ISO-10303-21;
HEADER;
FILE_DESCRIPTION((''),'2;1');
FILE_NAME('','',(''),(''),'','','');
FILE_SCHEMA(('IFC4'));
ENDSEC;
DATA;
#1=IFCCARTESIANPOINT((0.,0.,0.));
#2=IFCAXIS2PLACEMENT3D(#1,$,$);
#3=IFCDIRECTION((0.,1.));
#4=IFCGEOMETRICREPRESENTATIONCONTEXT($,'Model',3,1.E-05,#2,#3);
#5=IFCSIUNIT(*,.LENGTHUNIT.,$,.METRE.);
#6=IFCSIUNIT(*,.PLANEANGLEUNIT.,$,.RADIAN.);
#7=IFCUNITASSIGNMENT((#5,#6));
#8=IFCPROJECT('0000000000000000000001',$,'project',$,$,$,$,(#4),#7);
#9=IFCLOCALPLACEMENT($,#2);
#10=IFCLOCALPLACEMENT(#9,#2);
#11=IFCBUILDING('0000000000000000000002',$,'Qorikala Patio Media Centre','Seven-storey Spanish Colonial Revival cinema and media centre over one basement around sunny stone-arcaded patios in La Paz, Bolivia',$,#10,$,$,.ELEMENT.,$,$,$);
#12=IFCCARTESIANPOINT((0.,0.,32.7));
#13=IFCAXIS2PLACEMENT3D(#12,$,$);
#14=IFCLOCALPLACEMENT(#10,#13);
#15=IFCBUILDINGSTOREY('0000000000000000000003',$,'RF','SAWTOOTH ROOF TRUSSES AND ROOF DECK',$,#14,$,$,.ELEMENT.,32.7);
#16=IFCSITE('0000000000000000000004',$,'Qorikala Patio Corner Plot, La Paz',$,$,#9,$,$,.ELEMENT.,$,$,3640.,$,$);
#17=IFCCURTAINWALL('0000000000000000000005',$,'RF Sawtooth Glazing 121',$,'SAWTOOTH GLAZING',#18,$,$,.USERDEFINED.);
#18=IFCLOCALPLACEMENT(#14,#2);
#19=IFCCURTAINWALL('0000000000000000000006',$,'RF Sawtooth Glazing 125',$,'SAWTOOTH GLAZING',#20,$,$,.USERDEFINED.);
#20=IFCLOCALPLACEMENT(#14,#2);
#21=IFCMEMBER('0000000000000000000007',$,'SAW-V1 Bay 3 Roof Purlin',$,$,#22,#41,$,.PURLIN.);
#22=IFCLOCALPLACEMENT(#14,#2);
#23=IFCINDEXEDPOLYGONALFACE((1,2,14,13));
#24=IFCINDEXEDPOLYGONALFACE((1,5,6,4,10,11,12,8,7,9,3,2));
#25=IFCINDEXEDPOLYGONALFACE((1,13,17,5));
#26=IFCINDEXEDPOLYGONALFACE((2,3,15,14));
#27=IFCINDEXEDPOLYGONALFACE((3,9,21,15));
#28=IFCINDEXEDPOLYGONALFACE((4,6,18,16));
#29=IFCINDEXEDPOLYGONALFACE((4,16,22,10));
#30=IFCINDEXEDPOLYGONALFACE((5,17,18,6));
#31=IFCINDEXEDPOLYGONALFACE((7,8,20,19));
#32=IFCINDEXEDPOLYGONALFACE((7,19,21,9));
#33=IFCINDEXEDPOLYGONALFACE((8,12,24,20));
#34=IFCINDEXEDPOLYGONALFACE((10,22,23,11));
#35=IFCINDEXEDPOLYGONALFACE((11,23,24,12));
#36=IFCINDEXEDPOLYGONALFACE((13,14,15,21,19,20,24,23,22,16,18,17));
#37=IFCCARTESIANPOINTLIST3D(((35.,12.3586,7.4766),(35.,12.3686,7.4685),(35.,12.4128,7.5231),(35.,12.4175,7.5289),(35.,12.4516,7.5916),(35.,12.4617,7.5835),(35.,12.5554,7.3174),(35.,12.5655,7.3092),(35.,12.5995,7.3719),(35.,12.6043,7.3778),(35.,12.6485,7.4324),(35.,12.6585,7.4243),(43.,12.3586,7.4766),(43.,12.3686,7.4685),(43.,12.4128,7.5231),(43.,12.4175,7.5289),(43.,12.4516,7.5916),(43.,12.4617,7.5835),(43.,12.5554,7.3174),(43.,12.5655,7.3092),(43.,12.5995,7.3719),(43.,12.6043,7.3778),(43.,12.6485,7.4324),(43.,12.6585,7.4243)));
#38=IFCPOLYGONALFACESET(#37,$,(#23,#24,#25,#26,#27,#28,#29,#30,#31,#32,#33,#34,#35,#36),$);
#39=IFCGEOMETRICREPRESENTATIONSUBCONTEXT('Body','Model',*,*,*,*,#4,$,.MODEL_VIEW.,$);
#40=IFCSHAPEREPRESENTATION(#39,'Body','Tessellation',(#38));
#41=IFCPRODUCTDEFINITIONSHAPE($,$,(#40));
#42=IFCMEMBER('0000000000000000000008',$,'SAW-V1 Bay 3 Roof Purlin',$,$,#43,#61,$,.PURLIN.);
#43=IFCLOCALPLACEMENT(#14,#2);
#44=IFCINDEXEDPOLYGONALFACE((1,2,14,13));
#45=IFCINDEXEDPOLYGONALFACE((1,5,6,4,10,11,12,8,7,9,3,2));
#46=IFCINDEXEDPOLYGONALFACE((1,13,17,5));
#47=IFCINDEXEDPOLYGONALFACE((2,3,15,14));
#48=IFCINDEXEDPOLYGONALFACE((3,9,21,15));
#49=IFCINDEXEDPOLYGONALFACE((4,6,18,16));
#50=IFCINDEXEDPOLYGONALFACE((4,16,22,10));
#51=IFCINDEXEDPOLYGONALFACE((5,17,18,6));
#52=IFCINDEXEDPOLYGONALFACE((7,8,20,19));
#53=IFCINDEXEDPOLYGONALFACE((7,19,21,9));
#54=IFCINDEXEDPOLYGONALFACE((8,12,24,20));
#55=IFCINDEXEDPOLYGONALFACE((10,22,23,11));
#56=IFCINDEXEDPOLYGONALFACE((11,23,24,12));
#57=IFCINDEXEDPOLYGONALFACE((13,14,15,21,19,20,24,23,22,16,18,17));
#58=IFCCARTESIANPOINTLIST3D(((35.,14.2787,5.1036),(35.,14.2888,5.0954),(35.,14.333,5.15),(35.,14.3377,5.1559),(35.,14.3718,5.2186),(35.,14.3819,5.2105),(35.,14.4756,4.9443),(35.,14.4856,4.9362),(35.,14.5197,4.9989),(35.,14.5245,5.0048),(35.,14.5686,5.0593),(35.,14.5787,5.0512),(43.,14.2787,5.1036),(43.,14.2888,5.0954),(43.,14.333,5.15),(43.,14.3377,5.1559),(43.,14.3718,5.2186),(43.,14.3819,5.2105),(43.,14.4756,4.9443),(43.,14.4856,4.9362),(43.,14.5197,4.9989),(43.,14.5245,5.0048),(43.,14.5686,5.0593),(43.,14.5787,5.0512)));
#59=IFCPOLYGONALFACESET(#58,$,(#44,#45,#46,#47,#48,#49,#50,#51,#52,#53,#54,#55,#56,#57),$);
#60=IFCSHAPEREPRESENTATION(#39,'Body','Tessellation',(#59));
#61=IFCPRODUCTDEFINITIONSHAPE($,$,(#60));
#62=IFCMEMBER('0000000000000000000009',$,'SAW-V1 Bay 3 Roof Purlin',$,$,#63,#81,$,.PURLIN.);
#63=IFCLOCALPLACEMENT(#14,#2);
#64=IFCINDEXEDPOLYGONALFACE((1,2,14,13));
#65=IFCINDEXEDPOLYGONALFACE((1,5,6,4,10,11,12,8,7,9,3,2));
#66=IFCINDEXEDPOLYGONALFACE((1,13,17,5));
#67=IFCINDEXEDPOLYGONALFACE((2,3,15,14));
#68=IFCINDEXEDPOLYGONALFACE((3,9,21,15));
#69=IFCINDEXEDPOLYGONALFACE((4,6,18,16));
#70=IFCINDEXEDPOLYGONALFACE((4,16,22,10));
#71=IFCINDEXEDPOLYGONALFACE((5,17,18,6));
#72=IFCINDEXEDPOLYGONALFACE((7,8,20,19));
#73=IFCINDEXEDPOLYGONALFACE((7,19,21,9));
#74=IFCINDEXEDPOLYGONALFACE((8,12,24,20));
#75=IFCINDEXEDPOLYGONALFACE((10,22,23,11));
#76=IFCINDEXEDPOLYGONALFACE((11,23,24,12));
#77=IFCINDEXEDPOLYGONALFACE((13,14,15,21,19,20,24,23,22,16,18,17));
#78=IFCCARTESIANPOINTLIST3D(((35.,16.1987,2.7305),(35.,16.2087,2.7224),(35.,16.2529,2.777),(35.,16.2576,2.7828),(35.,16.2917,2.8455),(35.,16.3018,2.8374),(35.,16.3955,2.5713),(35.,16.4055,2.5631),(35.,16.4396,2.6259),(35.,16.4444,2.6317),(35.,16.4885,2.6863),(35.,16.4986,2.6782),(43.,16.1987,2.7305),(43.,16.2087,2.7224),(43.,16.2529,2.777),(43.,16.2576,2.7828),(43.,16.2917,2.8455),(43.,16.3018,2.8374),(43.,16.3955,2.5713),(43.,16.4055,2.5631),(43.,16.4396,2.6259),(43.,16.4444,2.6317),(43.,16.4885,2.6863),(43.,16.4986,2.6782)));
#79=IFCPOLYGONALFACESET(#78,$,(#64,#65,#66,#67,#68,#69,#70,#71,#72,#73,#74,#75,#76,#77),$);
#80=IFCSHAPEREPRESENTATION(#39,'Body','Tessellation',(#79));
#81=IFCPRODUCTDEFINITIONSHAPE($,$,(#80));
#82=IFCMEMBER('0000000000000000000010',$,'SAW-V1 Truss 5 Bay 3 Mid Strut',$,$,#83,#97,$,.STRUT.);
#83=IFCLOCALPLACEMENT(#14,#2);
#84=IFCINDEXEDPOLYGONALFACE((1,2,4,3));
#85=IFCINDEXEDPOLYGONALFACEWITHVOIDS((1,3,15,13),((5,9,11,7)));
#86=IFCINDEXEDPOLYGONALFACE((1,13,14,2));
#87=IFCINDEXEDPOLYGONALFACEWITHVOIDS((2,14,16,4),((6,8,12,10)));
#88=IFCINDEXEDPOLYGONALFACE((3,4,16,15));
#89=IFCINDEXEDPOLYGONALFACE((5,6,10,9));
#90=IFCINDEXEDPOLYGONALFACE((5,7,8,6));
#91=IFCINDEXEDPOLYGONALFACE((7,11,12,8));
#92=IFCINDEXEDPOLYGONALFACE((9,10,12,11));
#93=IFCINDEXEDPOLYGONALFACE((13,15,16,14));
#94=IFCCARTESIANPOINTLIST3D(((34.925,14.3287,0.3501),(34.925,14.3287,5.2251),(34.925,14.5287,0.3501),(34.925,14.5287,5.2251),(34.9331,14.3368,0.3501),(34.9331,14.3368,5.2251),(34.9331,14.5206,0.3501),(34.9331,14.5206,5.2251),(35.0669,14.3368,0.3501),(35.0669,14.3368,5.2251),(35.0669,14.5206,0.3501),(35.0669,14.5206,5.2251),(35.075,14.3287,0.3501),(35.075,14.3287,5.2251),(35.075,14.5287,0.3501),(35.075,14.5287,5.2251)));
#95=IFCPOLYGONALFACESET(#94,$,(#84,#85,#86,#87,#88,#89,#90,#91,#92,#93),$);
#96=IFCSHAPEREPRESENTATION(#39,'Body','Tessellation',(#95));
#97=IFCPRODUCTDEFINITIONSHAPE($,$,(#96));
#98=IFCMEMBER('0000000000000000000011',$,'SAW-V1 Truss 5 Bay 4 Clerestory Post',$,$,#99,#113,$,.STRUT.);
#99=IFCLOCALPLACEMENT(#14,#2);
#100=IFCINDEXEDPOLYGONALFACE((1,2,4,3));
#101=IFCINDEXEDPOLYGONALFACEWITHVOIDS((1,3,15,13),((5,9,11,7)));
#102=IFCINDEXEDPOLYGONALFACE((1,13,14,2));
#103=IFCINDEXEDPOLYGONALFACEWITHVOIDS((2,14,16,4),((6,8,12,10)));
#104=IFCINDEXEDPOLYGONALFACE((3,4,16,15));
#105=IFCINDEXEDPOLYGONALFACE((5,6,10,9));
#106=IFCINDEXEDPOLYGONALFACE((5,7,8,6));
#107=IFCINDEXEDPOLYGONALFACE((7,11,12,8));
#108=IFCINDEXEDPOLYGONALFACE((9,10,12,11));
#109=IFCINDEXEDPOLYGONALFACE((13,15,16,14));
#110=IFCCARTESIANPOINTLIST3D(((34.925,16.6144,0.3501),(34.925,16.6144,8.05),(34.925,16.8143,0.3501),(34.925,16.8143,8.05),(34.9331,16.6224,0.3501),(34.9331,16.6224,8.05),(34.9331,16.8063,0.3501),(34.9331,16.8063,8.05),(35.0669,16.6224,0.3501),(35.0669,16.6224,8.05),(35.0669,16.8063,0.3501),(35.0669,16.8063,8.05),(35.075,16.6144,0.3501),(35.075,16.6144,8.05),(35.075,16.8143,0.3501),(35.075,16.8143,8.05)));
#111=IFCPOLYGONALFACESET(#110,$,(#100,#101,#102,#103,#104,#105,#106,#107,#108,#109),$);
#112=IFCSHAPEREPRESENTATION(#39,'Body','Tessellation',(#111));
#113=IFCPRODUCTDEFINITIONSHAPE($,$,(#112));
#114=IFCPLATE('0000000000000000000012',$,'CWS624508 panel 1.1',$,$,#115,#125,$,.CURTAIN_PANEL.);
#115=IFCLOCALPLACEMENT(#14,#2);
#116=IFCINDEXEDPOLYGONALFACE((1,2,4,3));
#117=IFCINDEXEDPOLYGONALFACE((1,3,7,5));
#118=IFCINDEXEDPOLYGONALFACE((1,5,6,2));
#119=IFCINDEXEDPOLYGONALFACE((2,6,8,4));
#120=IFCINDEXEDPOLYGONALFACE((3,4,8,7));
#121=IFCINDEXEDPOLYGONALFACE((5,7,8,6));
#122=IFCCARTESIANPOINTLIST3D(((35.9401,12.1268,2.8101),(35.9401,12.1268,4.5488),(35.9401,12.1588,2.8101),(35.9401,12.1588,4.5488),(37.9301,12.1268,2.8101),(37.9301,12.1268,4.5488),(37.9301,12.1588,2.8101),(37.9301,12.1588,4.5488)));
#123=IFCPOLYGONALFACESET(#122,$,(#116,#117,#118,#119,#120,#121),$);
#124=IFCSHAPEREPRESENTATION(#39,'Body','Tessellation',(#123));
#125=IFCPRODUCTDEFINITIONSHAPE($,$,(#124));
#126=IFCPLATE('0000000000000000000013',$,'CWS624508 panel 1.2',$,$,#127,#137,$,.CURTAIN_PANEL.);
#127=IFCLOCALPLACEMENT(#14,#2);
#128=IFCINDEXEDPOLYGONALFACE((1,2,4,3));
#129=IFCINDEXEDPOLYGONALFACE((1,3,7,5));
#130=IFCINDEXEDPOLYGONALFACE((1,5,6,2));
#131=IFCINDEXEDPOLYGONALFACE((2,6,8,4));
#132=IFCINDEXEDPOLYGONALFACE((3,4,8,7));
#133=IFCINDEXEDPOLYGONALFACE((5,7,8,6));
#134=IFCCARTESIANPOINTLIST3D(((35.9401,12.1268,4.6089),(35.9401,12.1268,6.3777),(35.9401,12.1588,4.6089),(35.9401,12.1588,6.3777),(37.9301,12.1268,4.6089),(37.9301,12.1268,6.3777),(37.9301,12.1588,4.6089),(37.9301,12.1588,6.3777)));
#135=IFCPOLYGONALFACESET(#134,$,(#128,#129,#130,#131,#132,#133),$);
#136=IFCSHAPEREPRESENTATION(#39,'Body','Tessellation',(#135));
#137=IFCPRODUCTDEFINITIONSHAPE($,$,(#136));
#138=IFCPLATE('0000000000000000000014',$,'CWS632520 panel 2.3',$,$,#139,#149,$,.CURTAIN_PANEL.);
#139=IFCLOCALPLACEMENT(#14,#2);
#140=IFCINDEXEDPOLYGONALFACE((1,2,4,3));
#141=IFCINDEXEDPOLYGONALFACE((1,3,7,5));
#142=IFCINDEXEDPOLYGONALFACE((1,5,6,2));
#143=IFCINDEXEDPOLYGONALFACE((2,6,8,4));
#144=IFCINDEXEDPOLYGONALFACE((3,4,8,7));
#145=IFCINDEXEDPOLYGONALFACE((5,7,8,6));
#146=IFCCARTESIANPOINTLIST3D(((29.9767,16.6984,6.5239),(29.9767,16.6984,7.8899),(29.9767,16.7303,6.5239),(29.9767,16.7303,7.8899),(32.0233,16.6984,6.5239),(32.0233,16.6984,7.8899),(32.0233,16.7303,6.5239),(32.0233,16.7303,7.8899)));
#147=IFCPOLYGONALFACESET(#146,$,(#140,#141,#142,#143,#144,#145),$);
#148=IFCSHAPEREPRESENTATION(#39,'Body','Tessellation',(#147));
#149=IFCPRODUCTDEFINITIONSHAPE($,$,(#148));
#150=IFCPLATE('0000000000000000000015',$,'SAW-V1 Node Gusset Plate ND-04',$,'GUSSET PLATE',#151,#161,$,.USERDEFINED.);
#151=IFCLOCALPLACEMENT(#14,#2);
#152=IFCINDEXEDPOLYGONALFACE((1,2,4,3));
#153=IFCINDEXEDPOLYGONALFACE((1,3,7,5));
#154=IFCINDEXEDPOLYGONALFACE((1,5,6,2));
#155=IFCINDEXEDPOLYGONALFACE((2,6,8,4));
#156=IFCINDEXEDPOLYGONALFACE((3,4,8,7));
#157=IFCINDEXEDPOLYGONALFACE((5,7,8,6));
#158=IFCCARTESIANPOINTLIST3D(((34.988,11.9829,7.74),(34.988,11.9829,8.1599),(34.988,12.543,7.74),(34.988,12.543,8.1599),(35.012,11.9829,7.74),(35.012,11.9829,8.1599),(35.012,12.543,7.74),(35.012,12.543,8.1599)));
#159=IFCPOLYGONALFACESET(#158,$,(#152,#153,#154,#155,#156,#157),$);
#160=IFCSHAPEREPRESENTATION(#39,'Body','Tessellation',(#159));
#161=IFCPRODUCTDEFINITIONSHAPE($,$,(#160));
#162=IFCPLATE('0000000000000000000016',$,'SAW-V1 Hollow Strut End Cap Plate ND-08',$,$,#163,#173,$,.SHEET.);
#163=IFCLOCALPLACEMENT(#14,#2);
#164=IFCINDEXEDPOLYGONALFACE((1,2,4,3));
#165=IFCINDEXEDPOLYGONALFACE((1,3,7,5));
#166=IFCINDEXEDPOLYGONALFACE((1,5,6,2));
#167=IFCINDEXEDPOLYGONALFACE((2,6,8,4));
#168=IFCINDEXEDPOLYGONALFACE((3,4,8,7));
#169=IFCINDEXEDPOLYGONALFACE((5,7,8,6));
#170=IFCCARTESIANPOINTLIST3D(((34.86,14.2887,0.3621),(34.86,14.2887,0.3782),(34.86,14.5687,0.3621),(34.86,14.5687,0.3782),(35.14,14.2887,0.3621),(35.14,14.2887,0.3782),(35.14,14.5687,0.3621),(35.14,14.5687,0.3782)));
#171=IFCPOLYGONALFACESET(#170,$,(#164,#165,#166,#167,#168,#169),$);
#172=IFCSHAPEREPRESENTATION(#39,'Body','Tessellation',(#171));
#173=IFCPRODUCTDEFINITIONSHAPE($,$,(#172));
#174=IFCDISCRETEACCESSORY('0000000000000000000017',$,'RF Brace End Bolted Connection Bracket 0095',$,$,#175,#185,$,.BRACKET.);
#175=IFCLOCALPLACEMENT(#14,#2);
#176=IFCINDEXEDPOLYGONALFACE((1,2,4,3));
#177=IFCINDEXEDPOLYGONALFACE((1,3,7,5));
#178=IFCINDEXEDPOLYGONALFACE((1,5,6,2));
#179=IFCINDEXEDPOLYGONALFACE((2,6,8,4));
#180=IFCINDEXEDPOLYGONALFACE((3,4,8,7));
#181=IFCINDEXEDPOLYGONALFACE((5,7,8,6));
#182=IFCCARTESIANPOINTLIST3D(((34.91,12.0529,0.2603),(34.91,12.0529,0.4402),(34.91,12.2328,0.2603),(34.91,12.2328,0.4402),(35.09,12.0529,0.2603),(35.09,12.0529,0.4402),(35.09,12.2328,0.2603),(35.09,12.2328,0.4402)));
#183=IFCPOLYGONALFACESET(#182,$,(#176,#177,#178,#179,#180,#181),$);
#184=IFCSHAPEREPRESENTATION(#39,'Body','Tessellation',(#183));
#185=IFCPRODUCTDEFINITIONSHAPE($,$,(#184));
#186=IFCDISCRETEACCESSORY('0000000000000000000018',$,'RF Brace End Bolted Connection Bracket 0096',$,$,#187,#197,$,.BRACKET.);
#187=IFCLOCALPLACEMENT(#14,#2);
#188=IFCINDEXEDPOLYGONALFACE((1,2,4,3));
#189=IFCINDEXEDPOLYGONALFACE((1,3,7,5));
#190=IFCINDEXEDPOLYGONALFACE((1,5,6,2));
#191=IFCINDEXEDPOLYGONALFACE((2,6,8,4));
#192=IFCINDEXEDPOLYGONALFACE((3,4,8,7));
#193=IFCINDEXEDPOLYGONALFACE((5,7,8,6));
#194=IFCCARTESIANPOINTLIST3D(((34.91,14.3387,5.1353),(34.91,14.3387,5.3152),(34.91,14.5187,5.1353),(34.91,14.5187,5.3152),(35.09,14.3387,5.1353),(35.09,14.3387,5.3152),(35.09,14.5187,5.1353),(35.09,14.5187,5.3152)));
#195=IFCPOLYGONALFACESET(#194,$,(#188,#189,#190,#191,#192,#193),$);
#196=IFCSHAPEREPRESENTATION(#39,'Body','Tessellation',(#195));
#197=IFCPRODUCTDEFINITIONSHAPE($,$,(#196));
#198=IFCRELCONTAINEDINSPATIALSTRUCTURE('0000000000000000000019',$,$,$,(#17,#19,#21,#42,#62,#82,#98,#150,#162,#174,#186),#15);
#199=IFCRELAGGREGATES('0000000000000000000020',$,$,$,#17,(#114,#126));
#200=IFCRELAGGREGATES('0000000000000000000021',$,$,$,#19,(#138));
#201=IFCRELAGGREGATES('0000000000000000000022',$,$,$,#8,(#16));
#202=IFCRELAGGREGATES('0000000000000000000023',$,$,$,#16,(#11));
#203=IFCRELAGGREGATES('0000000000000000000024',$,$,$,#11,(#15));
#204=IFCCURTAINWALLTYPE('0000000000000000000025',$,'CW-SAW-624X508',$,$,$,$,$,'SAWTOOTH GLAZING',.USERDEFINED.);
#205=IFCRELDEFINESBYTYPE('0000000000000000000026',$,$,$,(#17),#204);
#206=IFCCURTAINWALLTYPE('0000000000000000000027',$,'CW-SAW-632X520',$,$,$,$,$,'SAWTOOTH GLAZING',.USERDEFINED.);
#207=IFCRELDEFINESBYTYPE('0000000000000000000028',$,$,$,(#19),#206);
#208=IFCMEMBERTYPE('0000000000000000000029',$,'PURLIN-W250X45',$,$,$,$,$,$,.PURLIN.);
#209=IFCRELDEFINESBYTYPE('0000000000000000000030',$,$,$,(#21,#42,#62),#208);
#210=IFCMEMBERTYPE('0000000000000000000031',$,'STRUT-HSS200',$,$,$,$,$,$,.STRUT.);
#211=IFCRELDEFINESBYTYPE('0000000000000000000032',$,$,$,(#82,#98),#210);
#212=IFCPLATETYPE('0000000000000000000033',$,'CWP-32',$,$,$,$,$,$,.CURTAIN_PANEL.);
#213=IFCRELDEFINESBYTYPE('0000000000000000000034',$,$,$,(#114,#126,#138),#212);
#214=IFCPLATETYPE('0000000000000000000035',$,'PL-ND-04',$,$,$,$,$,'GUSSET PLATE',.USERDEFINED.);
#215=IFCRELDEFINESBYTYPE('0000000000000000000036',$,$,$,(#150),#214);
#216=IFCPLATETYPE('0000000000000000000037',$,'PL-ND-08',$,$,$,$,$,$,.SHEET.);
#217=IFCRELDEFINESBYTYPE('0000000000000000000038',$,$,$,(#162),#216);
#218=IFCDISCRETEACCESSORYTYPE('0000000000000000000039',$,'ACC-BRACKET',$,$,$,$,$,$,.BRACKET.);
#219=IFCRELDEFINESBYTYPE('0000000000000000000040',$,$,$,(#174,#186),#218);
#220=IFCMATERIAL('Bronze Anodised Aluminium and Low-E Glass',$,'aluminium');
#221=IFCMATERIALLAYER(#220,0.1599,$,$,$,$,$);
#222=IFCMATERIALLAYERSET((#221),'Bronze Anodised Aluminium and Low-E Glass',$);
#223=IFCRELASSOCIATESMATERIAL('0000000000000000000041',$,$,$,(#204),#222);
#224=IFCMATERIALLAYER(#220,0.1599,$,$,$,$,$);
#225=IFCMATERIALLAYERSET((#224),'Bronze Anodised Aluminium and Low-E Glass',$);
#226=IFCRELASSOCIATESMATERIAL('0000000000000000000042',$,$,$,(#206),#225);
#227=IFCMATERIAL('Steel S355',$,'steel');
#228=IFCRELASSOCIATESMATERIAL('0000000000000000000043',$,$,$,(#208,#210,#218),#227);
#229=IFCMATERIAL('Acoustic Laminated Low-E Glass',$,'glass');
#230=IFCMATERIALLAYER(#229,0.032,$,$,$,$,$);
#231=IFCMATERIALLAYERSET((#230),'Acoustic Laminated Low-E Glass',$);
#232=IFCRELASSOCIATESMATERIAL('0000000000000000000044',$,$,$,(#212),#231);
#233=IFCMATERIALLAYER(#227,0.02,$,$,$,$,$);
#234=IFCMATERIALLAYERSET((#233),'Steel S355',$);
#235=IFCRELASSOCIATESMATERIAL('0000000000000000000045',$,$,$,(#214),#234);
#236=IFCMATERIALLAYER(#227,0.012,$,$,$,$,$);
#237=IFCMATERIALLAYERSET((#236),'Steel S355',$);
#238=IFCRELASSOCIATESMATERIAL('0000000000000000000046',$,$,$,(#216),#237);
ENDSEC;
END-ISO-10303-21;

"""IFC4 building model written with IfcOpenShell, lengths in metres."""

from ifc_helpers import new_model, si_unit, direction, frame, origin, origin_2d, place, context, subcontext, project, spatial, rectangle, hollow_rectangle, i_section, extrude, material, layer, layer_set, material_profile, profile_set, type_object, element, aggregate, save


model = new_model("IFC4")

# Units and contexts
model_context = context("Model", 3, precision=1e-05, world=origin(), true_north=direction((0.0, 1.0)))
body_context = subcontext(model_context, "Body", "Model", "MODEL_VIEW")
ifc_project = project(units=[si_unit("LENGTHUNIT", "METRE"), si_unit("PLANEANGLEUNIT", "RADIAN")], contexts=[model_context])

# Site, building, storey
site_placement = place(None, origin())
site = spatial("IfcSite", under=ifc_project, at=site_placement, Name="Qorikala Patio Corner Plot, La Paz", CompositionType="ELEMENT", RefElevation=3640.0)
building_placement = place(site_placement, origin())
building = spatial("IfcBuilding", under=site, at=building_placement, Name="Qorikala Patio Media Centre", Description="Seven-storey Spanish Colonial Revival cinema and media centre over one basement around sunny stone-arcaded patios in La Paz, Bolivia", CompositionType="ELEMENT")
storey_placement = place(building_placement, frame((0.0, 0.0, 32.7)))
storey = spatial("IfcBuildingStorey", under=building, at=storey_placement, Name="RF", Description="SAWTOOTH ROOF TRUSSES AND ROOF DECK", CompositionType="ELEMENT", Elevation=32.7)

# Shared definitions
ifc_material_1 = material(Name="Steel S355", Category="steel")

# Curtain wall
ifc_material_2 = material(Name="Bronze Anodised Aluminium and Low-E Glass", Category="aluminium")
ifc_layer_1 = layer(ifc_material_2, 0.1599)
ifc_layer_set_1 = layer_set([ifc_layer_1], Name="Bronze Anodised Aluminium and Low-E Glass")
curtain_wall_type_1 = type_object("IfcCurtainWallType", Name="CW-SAW-624X508", ElementType="SAWTOOTH GLAZING", PredefinedType="USERDEFINED", material=ifc_layer_set_1)
curtain_wall_1_placement = place(storey_placement, origin())
curtain_wall_1 = element("IfcCurtainWall", 1, at=curtain_wall_1_placement, inside=storey, type_object=curtain_wall_type_1, Name="RF Sawtooth Glazing 121", ObjectType="SAWTOOTH GLAZING", PredefinedType="USERDEFINED")

# Curtain wall
ifc_layer_2 = layer(ifc_material_2, 0.1599)
ifc_layer_set_2 = layer_set([ifc_layer_2], Name="Bronze Anodised Aluminium and Low-E Glass")
curtain_wall_type_2 = type_object("IfcCurtainWallType", Name="CW-SAW-632X520", ElementType="SAWTOOTH GLAZING", PredefinedType="USERDEFINED", material=ifc_layer_set_2)
curtain_wall_2_placement = place(storey_placement, origin())
curtain_wall_2 = element("IfcCurtainWall", 2, at=curtain_wall_2_placement, inside=storey, type_object=curtain_wall_type_2, Name="RF Sawtooth Glazing 125", ObjectType="SAWTOOTH GLAZING", PredefinedType="USERDEFINED")

# Members
ifc_material_profile_1 = material_profile(ifc_material_1, i_section(OverallWidth=0.1479, OverallDepth=0.2661, WebThickness=0.0076, FlangeThickness=0.0129, at=origin_2d()), Name="W250X45")
ifc_profile_set_1 = profile_set([ifc_material_profile_1], Name="Steel S355")
member_type_1 = type_object("IfcMemberType", Name="PURLIN-W250X45", PredefinedType="PURLIN", material=ifc_profile_set_1)
for number, where, z_axis, x_axis, name in (
    (3, (35.0, 12.5085, 7.4504), (1.0, 0.0, 0.0), (0.0, 0.628995, 0.77741), "SAW-V1 Bay 3 Roof Purlin"),
    (4, (35.0, 14.4287, 5.0774), (1.0, 0.0, 0.0), (0.0, 0.628995, 0.77741), "SAW-V1 Bay 3 Roof Purlin"),
    (5, (35.0, 16.3486, 2.7043), (1.0, 0.0, 0.0), (0.0, 0.628995, 0.77741), "SAW-V1 Bay 3 Roof Purlin"),
):
    element("IfcMember", number, at=place(storey_placement, frame(where, z_axis=z_axis, x_axis=x_axis)), inside=storey, type_object=member_type_1, Name=name, PredefinedType="PURLIN", context=body_context, shape_type="SweptSolid", body=[
        extrude(i_section(OverallWidth=0.1479, OverallDepth=0.2661, WebThickness=0.0076, FlangeThickness=0.0129, at=origin_2d()), origin(), (0.0, 0.0, 1.0), 8.0),
    ])
ifc_material_profile_2 = material_profile(ifc_material_1, hollow_rectangle(XDim=0.1499, YDim=0.2, WallThickness=0.0081, at=origin_2d()), Name="HSS200X150X8")
ifc_profile_set_2 = profile_set([ifc_material_profile_2], Name="Steel S355")
member_type_2 = type_object("IfcMemberType", Name="STRUT-HSS200", PredefinedType="STRUT", material=ifc_profile_set_2)
member_1_placement = place(storey_placement, frame((35.0, 14.4287, 0.3501), z_axis=(0.0, 0.0, 1.0), x_axis=(1.0, 0.0, 0.0)))
element("IfcMember", 6, at=member_1_placement, inside=storey, type_object=member_type_2, Name="SAW-V1 Truss 5 Bay 3 Mid Strut", PredefinedType="STRUT", context=body_context, shape_type="SweptSolid", body=[
    extrude(hollow_rectangle(XDim=0.1499, YDim=0.2, WallThickness=0.0081, at=origin_2d()), origin(), (0.0, 0.0, 1.0), 4.875),
])
member_2_placement = place(storey_placement, frame((35.0, 16.7144, 0.3501), z_axis=(0.0, 0.0, 1.0), x_axis=(1.0, 0.0, 0.0)))
element("IfcMember", 7, at=member_2_placement, inside=storey, type_object=member_type_2, Name="SAW-V1 Truss 5 Bay 4 Clerestory Post", PredefinedType="STRUT", context=body_context, shape_type="SweptSolid", body=[
    extrude(hollow_rectangle(XDim=0.1499, YDim=0.2, WallThickness=0.0081, at=origin_2d()), origin(), (0.0, 0.0, 1.0), 7.7),
])

# Plates
ifc_material_3 = material(Name="Acoustic Laminated Low-E Glass", Category="glass")
ifc_layer_3 = layer(ifc_material_3, 0.032)
ifc_layer_set_3 = layer_set([ifc_layer_3], Name="Acoustic Laminated Low-E Glass")
plate_type_1 = type_object("IfcPlateType", Name="CWP-32", PredefinedType="CURTAIN_PANEL", material=ifc_layer_set_3)
plate_1_placement = place(storey_placement, frame((36.9351, 12.1428, 2.8101), z_axis=(0.0, 0.0, 1.0), x_axis=(1.0, 0.0, 0.0)))
plate_1 = element("IfcPlate", 8, at=plate_1_placement, type_object=plate_type_1, Name="CWS624508 panel 1.1", PredefinedType="CURTAIN_PANEL", context=body_context, shape_type="SweptSolid", body=[
    extrude(rectangle(XDim=1.99, YDim=0.032, at=origin_2d()), origin(), (0.0, 0.0, 1.0), 1.7388),
])
plate_2_placement = place(storey_placement, frame((36.9351, 12.1428, 4.6089), z_axis=(0.0, 0.0, 1.0), x_axis=(1.0, 0.0, 0.0)))
plate_2 = element("IfcPlate", 9, at=plate_2_placement, type_object=plate_type_1, Name="CWS624508 panel 1.2", PredefinedType="CURTAIN_PANEL", context=body_context, shape_type="SweptSolid", body=[
    extrude(rectangle(XDim=1.99, YDim=0.032, at=origin_2d()), origin(), (0.0, 0.0, 1.0), 1.7688),
])
aggregate(curtain_wall_1, [plate_1, plate_2])
plate_3_placement = place(storey_placement, frame((31.0, 16.7144, 6.5239), z_axis=(0.0, 0.0, 1.0), x_axis=(1.0, 0.0, 0.0)))
plate_3 = element("IfcPlate", 10, at=plate_3_placement, type_object=plate_type_1, Name="CWS632520 panel 2.3", PredefinedType="CURTAIN_PANEL", context=body_context, shape_type="SweptSolid", body=[
    extrude(rectangle(XDim=2.0466, YDim=0.032, at=origin_2d()), origin(), (0.0, 0.0, 1.0), 1.366),
])
aggregate(curtain_wall_2, [plate_3])

# Plates
ifc_layer_4 = layer(ifc_material_1, 0.02)
ifc_layer_set_4 = layer_set([ifc_layer_4], Name="Steel S355")
plate_type_2 = type_object("IfcPlateType", Name="PL-ND-04", ElementType="GUSSET PLATE", PredefinedType="USERDEFINED", material=ifc_layer_set_4)
plate_4_placement = place(storey_placement, frame((35.0, 12.2629, 7.74), z_axis=(0.0, 0.0, 1.0), x_axis=(1.0, 0.0, 0.0)))
element("IfcPlate", 11, at=plate_4_placement, inside=storey, type_object=plate_type_2, Name="SAW-V1 Node Gusset Plate ND-04", ObjectType="GUSSET PLATE", PredefinedType="USERDEFINED", context=body_context, shape_type="SweptSolid", body=[
    extrude(rectangle(XDim=0.0239, YDim=0.5601, at=origin_2d()), origin(), (0.0, 0.0, 1.0), 0.4199),
])
ifc_layer_5 = layer(ifc_material_1, 0.012)
ifc_layer_set_5 = layer_set([ifc_layer_5], Name="Steel S355")
plate_type_3 = type_object("IfcPlateType", Name="PL-ND-08", PredefinedType="SHEET", material=ifc_layer_set_5)
plate_5_placement = place(storey_placement, frame((35.0, 14.4287, 0.3621), z_axis=(0.0, 0.0, 1.0), x_axis=(1.0, 0.0, 0.0)))
element("IfcPlate", 12, at=plate_5_placement, inside=storey, type_object=plate_type_3, Name="SAW-V1 Hollow Strut End Cap Plate ND-08", PredefinedType="SHEET", context=body_context, shape_type="SweptSolid", body=[
    extrude(rectangle(XDim=0.28, YDim=0.28, at=origin_2d()), origin(), (0.0, 0.0, 1.0), 0.0161),
])

# Discrete accessories
discrete_accessory_type = type_object("IfcDiscreteAccessoryType", Name="ACC-BRACKET", PredefinedType="BRACKET", material=ifc_material_1)
for number, where, z_axis, x_axis, name in (
    (13, (35.0, 12.1428, 0.2603), (0.0, 0.0, 1.0), (1.0, 0.0, 0.0), "RF Brace End Bolted Connection Bracket 0095"),
    (14, (35.0, 14.4287, 5.1353), (0.0, 0.0, 1.0), (1.0, 0.0, 0.0), "RF Brace End Bolted Connection Bracket 0096"),
):
    element("IfcDiscreteAccessory", number, at=place(storey_placement, frame(where, z_axis=z_axis, x_axis=x_axis)), inside=storey, type_object=discrete_accessory_type, Name=name, PredefinedType="BRACKET", context=body_context, shape_type="SweptSolid", body=[
        extrude(rectangle(XDim=0.1799, YDim=0.1799, at=origin_2d()), origin(), (0.0, 0.0, 1.0), 0.1799),
    ])

save(model, "model.ifc")
